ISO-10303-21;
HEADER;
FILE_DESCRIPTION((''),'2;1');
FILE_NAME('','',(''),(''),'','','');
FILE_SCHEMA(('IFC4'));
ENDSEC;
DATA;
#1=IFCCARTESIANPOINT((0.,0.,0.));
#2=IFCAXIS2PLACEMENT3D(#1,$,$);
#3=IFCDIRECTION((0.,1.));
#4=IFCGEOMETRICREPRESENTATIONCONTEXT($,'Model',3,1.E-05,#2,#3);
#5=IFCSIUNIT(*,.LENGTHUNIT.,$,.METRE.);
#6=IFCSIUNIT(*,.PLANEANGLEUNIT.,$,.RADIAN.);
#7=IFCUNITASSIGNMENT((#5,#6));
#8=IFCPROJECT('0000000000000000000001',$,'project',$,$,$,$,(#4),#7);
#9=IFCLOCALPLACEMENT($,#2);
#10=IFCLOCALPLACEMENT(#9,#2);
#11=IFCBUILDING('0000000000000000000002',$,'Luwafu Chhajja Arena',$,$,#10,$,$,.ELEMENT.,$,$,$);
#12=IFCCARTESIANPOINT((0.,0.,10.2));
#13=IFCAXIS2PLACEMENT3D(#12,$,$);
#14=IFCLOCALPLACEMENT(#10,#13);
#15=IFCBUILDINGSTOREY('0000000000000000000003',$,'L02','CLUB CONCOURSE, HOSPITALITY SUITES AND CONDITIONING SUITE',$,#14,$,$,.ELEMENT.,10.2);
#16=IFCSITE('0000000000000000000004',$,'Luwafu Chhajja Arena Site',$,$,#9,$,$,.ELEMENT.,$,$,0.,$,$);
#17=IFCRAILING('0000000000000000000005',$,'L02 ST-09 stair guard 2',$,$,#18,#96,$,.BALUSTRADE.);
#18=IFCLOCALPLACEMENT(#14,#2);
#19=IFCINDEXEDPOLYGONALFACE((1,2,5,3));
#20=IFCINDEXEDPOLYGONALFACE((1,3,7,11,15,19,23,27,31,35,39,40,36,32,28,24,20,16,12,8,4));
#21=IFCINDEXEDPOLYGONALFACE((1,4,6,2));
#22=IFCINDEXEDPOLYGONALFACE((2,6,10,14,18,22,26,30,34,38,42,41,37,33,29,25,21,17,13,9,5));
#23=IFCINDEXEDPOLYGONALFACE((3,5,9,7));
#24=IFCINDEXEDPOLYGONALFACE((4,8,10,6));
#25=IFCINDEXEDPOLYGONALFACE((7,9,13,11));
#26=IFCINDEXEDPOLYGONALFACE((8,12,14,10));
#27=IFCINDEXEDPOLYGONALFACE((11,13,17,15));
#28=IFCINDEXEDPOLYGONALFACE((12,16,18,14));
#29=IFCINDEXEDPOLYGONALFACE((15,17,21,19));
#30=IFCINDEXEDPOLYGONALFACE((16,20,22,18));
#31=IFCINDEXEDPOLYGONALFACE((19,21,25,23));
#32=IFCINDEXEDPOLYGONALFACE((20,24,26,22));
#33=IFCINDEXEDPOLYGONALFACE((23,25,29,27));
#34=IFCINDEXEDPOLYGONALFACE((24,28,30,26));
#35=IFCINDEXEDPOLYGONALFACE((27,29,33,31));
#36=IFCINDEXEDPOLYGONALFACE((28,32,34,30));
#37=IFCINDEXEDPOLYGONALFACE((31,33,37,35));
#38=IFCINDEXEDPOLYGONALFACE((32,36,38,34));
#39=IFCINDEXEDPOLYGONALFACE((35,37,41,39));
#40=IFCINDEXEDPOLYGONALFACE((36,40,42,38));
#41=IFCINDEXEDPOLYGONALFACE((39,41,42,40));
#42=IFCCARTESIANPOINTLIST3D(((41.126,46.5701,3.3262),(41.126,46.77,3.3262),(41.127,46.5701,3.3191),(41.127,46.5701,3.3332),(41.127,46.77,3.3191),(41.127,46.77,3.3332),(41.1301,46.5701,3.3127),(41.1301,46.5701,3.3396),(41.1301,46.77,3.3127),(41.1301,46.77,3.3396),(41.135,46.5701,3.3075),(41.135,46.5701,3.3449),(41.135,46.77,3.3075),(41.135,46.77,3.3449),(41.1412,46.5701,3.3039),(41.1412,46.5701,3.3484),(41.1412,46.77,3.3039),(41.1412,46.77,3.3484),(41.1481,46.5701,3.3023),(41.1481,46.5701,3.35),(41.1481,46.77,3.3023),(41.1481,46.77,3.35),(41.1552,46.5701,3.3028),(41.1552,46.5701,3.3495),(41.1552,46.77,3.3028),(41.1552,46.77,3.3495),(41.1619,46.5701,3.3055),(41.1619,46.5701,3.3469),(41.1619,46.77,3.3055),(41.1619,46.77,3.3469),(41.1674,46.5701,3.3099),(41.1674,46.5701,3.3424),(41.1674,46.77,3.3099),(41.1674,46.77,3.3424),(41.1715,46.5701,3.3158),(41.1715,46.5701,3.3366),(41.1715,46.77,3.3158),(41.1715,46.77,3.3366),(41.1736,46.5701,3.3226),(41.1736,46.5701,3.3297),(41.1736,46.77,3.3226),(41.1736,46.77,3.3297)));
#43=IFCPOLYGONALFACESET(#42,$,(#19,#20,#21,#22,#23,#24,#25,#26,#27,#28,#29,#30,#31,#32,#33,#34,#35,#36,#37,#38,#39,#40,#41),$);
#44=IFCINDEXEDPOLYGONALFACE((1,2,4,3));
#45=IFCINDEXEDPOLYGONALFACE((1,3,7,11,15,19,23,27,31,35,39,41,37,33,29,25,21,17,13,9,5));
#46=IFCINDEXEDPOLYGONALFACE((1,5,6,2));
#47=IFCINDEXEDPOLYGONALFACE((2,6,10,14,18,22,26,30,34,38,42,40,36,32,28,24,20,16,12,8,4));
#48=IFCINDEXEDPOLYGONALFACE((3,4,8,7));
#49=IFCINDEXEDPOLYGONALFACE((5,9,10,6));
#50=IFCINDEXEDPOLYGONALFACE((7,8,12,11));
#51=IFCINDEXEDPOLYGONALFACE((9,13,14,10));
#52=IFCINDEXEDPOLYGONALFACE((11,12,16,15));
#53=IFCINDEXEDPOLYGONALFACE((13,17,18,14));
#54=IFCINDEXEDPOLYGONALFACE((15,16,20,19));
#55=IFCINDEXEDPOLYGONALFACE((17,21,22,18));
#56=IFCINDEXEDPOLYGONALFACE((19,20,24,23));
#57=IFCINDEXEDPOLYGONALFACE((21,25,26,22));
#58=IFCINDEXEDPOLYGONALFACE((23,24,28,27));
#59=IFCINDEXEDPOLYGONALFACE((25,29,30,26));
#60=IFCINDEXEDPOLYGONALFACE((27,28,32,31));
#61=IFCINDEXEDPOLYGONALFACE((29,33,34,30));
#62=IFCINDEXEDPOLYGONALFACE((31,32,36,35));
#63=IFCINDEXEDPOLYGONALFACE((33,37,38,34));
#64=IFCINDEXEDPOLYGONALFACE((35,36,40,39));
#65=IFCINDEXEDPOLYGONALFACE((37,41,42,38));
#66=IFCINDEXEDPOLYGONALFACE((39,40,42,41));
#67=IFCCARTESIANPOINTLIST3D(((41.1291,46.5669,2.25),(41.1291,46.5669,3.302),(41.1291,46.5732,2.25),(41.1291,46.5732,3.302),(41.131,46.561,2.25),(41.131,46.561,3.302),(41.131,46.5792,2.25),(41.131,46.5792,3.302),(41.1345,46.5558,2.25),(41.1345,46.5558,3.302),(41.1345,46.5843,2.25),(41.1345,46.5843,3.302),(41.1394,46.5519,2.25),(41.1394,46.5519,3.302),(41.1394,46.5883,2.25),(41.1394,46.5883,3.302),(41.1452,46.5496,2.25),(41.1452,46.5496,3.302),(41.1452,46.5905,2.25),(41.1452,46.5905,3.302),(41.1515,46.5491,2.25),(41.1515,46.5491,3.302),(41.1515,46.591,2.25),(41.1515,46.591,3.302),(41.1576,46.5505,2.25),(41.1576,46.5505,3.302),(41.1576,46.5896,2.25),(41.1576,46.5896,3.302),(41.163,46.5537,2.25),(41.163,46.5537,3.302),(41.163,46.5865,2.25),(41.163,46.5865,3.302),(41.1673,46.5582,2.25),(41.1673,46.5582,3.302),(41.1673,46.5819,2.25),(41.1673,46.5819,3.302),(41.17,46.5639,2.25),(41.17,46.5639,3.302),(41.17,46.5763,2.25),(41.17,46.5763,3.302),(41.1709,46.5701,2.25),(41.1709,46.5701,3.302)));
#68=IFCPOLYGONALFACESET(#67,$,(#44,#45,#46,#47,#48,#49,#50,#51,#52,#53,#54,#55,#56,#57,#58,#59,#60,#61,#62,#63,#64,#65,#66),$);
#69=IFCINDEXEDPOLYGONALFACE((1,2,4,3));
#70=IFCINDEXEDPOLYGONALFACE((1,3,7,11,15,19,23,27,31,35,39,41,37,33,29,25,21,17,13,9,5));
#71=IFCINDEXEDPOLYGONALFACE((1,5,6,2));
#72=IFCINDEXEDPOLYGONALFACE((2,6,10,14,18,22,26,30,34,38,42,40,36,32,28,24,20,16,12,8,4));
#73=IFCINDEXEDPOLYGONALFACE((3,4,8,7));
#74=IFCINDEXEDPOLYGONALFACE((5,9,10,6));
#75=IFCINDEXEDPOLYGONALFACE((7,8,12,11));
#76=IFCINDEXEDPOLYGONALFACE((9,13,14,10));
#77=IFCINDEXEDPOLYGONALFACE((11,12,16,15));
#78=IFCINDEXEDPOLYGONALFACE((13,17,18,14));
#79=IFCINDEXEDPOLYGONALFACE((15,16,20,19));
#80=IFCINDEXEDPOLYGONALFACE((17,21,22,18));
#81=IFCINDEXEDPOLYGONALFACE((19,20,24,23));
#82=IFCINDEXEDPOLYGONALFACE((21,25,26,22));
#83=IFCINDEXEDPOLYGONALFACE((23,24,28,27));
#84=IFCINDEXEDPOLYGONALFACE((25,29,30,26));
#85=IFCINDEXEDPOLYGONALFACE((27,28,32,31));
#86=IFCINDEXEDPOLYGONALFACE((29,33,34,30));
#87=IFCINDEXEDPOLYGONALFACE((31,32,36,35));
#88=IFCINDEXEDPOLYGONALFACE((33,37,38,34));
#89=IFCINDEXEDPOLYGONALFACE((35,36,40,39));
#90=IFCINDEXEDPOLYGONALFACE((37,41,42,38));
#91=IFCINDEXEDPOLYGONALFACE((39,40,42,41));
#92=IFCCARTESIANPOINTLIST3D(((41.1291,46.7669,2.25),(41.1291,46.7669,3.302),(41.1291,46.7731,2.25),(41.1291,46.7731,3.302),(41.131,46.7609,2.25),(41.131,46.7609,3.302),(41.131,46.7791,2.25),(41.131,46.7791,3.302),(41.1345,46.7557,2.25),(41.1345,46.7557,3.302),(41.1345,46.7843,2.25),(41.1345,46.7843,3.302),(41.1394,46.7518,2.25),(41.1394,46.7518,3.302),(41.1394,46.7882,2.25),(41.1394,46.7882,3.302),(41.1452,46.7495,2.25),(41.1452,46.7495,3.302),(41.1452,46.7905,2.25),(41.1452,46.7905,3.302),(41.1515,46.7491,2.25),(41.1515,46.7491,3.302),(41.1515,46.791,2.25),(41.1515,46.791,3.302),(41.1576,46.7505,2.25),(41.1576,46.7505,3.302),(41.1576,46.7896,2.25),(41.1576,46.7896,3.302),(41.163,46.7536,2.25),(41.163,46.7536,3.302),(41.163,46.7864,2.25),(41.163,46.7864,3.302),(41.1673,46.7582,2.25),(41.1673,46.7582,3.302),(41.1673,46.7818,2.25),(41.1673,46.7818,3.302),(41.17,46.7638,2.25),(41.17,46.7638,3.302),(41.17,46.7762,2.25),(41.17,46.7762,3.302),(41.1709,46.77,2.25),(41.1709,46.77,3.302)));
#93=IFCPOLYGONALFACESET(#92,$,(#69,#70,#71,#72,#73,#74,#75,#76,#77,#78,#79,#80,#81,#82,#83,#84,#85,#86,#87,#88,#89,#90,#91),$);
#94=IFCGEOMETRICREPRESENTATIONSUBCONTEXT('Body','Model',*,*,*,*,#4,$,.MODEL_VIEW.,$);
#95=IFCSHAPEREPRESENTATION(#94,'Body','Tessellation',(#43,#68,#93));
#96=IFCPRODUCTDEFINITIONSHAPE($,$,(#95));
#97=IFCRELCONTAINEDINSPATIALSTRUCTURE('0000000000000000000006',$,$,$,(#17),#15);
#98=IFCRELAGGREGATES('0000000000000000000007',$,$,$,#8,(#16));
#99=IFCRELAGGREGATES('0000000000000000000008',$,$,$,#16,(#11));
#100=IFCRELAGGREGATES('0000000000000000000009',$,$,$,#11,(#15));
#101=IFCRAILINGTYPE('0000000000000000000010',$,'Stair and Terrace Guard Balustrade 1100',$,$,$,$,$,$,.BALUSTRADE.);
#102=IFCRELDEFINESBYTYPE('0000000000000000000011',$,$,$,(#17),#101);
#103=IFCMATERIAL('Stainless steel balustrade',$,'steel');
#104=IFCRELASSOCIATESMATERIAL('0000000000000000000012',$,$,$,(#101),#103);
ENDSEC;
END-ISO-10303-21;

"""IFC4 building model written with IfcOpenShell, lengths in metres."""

from ifc_helpers import new_model, si_unit, direction, frame, origin, origin_2d, place, context, subcontext, project, spatial, circle, extrude, material, type_object, element, save


model = new_model("IFC4")

# Units and contexts
model_context = context("Model", 3, precision=1e-05, world=origin(), true_north=direction((0.0, 1.0)))
body_context = subcontext(model_context, "Body", "Model", "MODEL_VIEW")
ifc_project = project(units=[si_unit("LENGTHUNIT", "METRE"), si_unit("PLANEANGLEUNIT", "RADIAN")], contexts=[model_context])

# Site, building, storey
site_placement = place(None, origin())
site = spatial("IfcSite", under=ifc_project, at=site_placement, Name="Luwafu Chhajja Arena Site", CompositionType="ELEMENT", RefElevation=0.0)
building_placement = place(site_placement, origin())
building = spatial("IfcBuilding", under=site, at=building_placement, Name="Luwafu Chhajja Arena", CompositionType="ELEMENT")
storey_placement = place(building_placement, frame((0.0, 0.0, 10.2)))
storey = spatial("IfcBuildingStorey", under=building, at=storey_placement, Name="L02", Description="CLUB CONCOURSE, HOSPITALITY SUITES AND CONDITIONING SUITE", CompositionType="ELEMENT", Elevation=10.2)

# Railing
ifc_material_1 = material(Name="Stainless steel balustrade", Category="steel")
railing_type_1 = type_object("IfcRailingType", Name="Stair and Terrace Guard Balustrade 1100", PredefinedType="BALUSTRADE", material=ifc_material_1)
railing_1_placement = place(storey_placement, frame((41.1499, 46.5701, 2.25)))
element("IfcRailing", 1, at=railing_1_placement, inside=storey, type_object=railing_type_1, Name="L02 ST-09 stair guard 2", PredefinedType="BALUSTRADE", context=body_context, shape_type="SweptSolid", body=[
    extrude(circle(Radius=0.0239, at=origin_2d()), frame((0.0, 0.0, 1.0762), z_axis=(0.0, 1.0, 0.0), x_axis=(-1.0, 0.0, 0.0)), (0.0, 0.0, 1.0), 0.2),
    extrude(circle(Radius=0.021, at=origin_2d()), origin(), (0.0, 0.0, 1.0), 1.052),
    extrude(circle(Radius=0.021, at=origin_2d()), frame((0.0, 0.2, 0.0)), (0.0, 0.0, 1.0), 1.052),
])

save(model, "model.ifc")
